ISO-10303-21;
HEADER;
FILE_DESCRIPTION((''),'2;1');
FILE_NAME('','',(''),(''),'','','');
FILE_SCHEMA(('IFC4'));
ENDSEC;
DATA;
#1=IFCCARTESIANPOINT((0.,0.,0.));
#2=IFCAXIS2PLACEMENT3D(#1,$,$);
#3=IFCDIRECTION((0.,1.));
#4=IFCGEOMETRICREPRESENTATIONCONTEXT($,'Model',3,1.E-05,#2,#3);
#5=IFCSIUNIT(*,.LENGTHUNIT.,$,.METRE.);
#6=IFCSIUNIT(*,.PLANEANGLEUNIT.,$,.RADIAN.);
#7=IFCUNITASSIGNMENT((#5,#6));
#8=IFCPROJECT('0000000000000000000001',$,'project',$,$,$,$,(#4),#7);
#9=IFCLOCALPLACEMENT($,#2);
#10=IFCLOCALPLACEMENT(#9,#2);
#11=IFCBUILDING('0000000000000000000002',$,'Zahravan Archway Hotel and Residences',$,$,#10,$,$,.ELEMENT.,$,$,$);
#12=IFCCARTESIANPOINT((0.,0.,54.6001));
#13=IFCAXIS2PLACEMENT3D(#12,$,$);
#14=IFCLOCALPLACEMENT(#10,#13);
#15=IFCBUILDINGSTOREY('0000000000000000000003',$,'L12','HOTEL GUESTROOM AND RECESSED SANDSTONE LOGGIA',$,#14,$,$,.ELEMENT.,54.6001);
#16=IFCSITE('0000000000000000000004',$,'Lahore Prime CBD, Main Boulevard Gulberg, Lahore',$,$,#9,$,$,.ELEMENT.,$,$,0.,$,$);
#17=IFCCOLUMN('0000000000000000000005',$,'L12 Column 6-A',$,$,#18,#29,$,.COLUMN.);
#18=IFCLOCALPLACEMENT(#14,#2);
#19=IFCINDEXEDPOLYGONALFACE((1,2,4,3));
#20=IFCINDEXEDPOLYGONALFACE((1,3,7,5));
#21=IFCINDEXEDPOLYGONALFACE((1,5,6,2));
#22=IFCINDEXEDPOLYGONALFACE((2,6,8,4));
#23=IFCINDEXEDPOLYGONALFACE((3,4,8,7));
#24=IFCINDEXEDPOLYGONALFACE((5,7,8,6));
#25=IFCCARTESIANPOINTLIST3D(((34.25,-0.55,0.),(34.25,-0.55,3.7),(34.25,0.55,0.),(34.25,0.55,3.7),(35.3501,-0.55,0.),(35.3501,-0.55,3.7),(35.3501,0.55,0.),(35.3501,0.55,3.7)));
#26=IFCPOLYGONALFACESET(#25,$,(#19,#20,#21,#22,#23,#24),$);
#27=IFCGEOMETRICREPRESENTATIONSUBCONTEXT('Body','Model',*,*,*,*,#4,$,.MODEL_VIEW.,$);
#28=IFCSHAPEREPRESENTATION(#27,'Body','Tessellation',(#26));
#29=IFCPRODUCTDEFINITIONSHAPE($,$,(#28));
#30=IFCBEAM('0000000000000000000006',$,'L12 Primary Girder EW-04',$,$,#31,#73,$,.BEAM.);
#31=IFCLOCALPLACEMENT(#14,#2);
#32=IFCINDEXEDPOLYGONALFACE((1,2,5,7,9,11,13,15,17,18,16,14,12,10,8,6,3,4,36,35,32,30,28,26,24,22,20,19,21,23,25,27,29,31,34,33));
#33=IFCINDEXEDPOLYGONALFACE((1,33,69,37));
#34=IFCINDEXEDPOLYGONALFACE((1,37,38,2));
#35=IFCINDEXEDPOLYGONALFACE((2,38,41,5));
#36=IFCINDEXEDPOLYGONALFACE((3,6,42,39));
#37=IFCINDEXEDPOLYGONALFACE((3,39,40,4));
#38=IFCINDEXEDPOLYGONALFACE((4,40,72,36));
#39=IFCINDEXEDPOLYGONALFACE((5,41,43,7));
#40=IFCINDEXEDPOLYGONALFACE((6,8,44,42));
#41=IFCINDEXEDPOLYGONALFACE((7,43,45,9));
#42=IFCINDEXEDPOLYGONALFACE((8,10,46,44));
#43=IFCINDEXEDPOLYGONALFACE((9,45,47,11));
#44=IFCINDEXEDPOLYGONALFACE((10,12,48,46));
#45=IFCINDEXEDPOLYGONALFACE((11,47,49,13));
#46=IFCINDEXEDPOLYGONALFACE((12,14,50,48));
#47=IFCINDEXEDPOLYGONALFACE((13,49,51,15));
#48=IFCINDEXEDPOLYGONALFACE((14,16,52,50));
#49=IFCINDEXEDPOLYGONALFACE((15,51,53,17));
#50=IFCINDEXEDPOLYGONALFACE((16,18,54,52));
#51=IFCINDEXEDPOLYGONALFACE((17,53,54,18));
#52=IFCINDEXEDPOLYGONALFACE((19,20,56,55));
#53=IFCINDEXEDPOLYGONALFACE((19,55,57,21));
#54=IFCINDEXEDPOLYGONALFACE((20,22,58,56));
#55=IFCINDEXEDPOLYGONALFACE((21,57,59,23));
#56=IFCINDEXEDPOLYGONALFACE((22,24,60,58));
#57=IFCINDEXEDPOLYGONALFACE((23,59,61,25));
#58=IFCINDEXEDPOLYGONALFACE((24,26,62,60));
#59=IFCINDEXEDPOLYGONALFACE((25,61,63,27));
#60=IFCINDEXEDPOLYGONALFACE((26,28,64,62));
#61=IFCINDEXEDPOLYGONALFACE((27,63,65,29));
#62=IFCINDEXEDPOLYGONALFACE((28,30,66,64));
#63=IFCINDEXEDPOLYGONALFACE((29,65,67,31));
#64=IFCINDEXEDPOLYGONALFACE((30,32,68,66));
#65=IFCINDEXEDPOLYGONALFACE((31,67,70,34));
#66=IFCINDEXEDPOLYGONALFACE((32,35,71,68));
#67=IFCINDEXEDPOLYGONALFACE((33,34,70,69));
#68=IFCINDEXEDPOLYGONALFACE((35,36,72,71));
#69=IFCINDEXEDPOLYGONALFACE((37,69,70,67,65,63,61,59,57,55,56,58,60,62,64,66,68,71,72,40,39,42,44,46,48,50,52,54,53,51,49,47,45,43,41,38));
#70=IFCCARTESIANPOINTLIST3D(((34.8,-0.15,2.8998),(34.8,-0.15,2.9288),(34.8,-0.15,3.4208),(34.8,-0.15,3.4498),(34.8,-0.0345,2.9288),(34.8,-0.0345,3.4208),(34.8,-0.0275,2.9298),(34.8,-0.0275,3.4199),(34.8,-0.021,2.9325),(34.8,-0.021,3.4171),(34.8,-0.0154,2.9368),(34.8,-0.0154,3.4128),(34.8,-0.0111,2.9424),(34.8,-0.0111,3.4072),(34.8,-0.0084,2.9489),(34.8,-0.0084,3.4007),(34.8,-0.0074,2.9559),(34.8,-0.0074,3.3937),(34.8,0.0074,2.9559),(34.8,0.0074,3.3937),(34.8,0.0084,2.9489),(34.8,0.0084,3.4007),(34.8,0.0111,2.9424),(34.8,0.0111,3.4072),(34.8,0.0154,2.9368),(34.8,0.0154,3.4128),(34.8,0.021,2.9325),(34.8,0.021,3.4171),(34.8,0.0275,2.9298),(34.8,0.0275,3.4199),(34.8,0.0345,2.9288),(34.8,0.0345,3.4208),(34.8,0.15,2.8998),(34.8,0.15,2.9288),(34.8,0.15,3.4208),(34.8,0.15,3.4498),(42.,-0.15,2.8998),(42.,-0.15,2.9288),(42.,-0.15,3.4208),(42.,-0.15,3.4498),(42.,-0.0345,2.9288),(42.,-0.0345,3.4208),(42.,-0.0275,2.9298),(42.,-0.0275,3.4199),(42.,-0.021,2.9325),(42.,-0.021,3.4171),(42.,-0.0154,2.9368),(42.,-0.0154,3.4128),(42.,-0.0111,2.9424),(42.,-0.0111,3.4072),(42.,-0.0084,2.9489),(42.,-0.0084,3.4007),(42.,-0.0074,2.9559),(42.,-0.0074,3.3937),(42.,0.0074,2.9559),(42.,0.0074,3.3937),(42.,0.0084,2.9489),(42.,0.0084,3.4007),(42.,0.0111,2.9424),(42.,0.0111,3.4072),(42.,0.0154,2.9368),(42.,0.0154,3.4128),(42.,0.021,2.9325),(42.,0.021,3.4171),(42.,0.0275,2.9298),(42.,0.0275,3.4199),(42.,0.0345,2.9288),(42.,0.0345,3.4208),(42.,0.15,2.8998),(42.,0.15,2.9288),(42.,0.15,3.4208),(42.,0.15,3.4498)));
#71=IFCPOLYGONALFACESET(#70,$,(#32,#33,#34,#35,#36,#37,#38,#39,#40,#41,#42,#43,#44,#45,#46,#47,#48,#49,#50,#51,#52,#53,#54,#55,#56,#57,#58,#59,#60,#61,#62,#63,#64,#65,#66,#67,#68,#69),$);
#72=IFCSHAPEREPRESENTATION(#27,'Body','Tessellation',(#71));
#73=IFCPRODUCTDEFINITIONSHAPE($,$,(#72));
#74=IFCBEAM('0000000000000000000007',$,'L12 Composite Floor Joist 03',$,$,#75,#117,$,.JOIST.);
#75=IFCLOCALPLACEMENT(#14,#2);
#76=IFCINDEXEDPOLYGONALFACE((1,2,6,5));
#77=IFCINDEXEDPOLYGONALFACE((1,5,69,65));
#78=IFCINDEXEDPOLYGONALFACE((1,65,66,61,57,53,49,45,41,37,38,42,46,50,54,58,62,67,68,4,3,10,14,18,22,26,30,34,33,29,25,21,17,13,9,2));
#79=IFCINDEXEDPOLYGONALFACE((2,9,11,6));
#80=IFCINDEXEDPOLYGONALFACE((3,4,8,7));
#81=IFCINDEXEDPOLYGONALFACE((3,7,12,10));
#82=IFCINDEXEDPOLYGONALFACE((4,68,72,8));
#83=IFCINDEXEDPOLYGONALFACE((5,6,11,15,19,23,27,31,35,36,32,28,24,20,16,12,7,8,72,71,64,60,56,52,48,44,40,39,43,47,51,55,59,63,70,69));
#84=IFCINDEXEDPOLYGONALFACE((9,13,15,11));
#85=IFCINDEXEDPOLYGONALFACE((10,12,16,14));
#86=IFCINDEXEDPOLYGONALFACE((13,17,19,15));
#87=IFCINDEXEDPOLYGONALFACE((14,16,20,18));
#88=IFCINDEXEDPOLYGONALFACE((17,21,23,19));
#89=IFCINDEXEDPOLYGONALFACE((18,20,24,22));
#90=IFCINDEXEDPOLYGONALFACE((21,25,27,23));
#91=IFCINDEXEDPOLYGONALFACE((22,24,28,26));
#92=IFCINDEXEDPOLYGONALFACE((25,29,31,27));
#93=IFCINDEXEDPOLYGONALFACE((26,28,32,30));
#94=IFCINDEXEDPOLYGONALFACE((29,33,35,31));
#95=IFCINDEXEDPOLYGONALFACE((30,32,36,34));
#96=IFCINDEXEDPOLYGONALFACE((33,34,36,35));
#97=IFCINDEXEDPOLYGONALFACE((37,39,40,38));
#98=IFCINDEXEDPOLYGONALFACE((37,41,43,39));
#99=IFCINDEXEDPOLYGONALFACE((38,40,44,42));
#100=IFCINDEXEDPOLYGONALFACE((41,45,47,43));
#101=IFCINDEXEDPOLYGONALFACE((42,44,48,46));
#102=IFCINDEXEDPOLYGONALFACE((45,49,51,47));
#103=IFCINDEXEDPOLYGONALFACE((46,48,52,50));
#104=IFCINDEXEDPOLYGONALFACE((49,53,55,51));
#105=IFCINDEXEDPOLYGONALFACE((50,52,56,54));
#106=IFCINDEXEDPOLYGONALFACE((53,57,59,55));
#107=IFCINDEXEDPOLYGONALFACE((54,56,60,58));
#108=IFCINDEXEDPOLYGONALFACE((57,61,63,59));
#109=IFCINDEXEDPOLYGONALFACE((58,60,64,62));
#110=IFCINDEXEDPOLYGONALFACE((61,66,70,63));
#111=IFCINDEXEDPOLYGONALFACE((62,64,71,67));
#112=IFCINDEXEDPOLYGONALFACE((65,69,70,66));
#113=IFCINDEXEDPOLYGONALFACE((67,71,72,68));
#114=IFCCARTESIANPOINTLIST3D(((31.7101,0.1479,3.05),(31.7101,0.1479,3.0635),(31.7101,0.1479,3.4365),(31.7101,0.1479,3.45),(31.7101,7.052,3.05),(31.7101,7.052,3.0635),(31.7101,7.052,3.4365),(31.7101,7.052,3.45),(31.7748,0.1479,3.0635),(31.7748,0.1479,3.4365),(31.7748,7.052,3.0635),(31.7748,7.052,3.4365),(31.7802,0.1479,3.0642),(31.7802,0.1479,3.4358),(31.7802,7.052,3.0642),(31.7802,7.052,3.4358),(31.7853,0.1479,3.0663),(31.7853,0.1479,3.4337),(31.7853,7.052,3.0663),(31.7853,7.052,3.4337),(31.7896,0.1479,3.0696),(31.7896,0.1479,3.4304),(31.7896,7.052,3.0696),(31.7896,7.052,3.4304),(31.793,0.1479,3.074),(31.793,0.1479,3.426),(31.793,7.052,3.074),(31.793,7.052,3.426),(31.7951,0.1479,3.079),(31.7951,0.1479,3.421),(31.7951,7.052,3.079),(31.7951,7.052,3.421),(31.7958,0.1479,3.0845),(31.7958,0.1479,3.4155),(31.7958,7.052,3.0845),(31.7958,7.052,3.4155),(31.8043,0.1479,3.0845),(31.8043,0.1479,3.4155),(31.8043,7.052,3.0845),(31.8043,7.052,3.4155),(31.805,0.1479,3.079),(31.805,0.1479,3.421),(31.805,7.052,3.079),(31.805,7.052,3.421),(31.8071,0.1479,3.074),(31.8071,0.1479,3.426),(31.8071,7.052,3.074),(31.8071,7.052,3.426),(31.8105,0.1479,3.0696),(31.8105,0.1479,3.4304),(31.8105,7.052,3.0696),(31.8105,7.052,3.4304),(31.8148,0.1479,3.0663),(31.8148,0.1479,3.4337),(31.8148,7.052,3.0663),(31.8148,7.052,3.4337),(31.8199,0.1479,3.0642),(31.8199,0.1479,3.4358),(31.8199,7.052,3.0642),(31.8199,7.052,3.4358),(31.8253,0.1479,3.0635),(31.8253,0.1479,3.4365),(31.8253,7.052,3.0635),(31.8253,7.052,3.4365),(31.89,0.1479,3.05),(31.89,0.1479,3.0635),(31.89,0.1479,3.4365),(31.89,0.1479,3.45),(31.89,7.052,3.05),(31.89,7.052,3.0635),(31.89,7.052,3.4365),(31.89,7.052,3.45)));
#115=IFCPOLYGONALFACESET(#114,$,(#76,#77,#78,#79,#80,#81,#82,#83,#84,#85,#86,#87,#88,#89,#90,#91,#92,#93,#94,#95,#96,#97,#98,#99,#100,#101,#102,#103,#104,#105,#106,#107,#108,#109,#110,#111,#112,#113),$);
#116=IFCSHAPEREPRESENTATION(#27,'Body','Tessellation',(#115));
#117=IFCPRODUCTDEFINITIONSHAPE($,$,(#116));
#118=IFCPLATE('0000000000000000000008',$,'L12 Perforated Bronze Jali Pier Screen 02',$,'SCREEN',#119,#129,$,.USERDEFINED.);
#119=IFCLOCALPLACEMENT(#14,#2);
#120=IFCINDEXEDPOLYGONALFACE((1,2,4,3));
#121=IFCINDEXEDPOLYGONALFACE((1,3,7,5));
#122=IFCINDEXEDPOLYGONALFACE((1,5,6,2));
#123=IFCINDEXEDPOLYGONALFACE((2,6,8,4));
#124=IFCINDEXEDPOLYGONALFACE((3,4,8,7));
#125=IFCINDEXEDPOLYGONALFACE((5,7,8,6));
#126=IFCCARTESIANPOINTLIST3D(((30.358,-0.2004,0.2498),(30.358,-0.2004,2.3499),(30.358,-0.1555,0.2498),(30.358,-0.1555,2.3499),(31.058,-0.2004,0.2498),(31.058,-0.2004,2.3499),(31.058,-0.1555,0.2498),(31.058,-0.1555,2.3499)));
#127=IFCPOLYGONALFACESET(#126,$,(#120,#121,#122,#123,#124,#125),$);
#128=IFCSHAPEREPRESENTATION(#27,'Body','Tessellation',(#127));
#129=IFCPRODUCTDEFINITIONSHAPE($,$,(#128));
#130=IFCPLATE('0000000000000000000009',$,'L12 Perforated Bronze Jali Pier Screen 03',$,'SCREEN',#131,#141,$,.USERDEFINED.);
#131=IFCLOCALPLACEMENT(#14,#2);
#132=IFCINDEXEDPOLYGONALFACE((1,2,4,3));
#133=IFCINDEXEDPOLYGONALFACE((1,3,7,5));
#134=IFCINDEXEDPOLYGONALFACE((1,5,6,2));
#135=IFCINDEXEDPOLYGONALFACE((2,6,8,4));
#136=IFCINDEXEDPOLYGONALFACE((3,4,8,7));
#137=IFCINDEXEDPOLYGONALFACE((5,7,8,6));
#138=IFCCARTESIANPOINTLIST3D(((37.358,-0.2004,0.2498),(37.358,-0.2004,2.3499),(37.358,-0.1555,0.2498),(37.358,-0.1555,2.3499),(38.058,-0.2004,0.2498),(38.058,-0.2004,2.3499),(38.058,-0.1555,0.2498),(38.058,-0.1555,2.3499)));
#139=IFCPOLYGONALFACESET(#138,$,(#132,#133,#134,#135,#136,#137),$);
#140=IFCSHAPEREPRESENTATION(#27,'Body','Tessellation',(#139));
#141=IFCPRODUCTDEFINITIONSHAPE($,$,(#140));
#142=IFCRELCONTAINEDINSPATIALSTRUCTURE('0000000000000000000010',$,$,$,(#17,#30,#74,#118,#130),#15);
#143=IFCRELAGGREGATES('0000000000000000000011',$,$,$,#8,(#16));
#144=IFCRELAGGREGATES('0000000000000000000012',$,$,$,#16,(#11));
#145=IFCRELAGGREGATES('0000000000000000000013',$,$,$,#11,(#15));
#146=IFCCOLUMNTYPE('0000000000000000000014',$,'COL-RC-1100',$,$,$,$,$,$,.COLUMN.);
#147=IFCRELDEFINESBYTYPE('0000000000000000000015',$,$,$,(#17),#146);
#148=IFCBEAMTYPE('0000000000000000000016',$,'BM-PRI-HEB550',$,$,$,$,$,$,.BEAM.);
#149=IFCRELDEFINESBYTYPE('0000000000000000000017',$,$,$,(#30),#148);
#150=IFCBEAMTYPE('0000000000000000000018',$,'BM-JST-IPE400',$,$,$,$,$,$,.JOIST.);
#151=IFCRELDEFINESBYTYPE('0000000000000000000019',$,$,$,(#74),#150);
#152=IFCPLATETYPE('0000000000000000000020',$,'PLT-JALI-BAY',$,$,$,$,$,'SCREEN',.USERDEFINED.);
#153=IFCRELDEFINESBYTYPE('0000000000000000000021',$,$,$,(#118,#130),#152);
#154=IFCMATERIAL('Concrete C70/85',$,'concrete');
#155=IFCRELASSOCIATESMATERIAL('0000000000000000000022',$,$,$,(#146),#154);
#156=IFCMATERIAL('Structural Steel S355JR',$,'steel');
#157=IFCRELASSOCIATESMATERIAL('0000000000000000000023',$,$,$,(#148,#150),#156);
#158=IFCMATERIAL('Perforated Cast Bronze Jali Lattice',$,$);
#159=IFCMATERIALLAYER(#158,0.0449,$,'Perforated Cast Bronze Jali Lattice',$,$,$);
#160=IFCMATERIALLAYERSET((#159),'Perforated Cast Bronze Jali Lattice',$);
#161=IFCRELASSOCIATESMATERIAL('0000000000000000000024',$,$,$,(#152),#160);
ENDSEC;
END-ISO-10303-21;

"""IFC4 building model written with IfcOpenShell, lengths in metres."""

from ifc_helpers import new_model, si_unit, direction, frame, origin, origin_2d, place, context, subcontext, project, spatial, rectangle, i_section, extrude, source, transform, mapped, material, layer, layer_set, material_profile, profile_set, type_object, type_shapes, element, save


model = new_model("IFC4")

# Units and contexts
model_context = context("Model", 3, precision=1e-05, world=origin(), true_north=direction((0.0, 1.0)))
body_context = subcontext(model_context, "Body", "Model", "MODEL_VIEW")
ifc_project = project(units=[si_unit("LENGTHUNIT", "METRE"), si_unit("PLANEANGLEUNIT", "RADIAN")], contexts=[model_context])

# Site, building, storey
site_placement = place(None, origin())
site = spatial("IfcSite", under=ifc_project, at=site_placement, Name="Lahore Prime CBD, Main Boulevard Gulberg, Lahore", CompositionType="ELEMENT", RefElevation=0.0)
building_placement = place(site_placement, origin())
building = spatial("IfcBuilding", under=site, at=building_placement, Name="Zahravan Archway Hotel and Residences", CompositionType="ELEMENT")
storey_placement = place(building_placement, frame((0.0, 0.0, 54.6001)))
storey = spatial("IfcBuildingStorey", under=building, at=storey_placement, Name="L12", Description="HOTEL GUESTROOM AND RECESSED SANDSTONE LOGGIA", CompositionType="ELEMENT", Elevation=54.6001)

# Column
ifc_material_1 = material(Name="Concrete C70/85", Category="concrete")
ifc_material_profile_1 = material_profile(ifc_material_1, rectangle(XDim=1.1001, YDim=1.1001, at=origin_2d()), Name="RC 1100x1100", Category="concrete")
ifc_profile_set_1 = profile_set([ifc_material_profile_1], Name="Concrete C70/85")
column_type = type_object("IfcColumnType", Name="COL-RC-1100", PredefinedType="COLUMN", material=ifc_profile_set_1)
shared_shape_1 = source(origin(), body_context, "Body", "SweptSolid", [
    extrude(rectangle(XDim=1.1001, YDim=1.1001, at=origin_2d()), origin(), (0.0, 0.0, 1.0), 3.7),
])
column_placement = place(storey_placement, frame((34.8, 0.0, 0.0), z_axis=(0.0, 0.0, 1.0), x_axis=(1.0, 0.0, 0.0)))
element("IfcColumn", 1, at=column_placement, inside=storey, type_object=column_type, Name="L12 Column 6-A", PredefinedType="COLUMN", context=body_context, shape_type="MappedRepresentation", body=[
    mapped(shared_shape_1, transform((0.0, 0.0, 0.0), scale=1.0)),
])

# Beams
ifc_material_2 = material(Name="Structural Steel S355JR", Category="steel")
ifc_material_profile_2 = material_profile(ifc_material_2, i_section(OverallWidth=0.3, OverallDepth=0.55, WebThickness=0.0149, FlangeThickness=0.0291, FilletRadius=0.0271, at=origin_2d()), Name="HEB 550", Category="steel")
ifc_profile_set_2 = profile_set([ifc_material_profile_2], Name="Structural Steel S355JR")
beam_type_1 = type_object("IfcBeamType", Name="BM-PRI-HEB550", PredefinedType="BEAM", material=ifc_profile_set_2)
shared_shape_2 = source(origin(), body_context, "Body", "SweptSolid", [
    extrude(i_section(OverallWidth=0.3, OverallDepth=0.55, WebThickness=0.0149, FlangeThickness=0.0291, FilletRadius=0.0271, at=origin_2d()), origin(), (0.0, 0.0, 1.0), 7.2),
])
beam_1_placement = place(storey_placement, frame((34.8, 0.0, 3.1748), z_axis=(1.0, 0.0, 0.0), x_axis=(0.0, 1.0, 0.0)))
element("IfcBeam", 2, at=beam_1_placement, inside=storey, type_object=beam_type_1, Name="L12 Primary Girder EW-04", PredefinedType="BEAM", context=body_context, shape_type="MappedRepresentation", body=[
    mapped(shared_shape_2, transform((0.0, 0.0, 0.0), scale=1.0)),
])
ifc_material_profile_3 = material_profile(ifc_material_2, i_section(OverallWidth=0.1799, OverallDepth=0.3999, WebThickness=0.0085, FlangeThickness=0.0134, FilletRadius=0.021, at=origin_2d()), Name="IPE 400", Category="steel")
ifc_profile_set_3 = profile_set([ifc_material_profile_3], Name="Structural Steel S355JR")
beam_type_2 = type_object("IfcBeamType", Name="BM-JST-IPE400", PredefinedType="JOIST", material=ifc_profile_set_3)
shared_shape_3 = source(origin(), body_context, "Body", "SweptSolid", [
    extrude(i_section(OverallWidth=0.1799, OverallDepth=0.3999, WebThickness=0.0085, FlangeThickness=0.0134, FilletRadius=0.021, at=origin_2d()), origin(), (0.0, 0.0, 1.0), 6.9041),
])
type_shapes(beam_type_2, [shared_shape_3])
beam_2_placement = place(storey_placement, frame((31.8, 0.1479, 3.25), z_axis=(0.0, 1.0, 0.0), x_axis=(-1.0, 0.0, 0.0)))
element("IfcBeam", 3, at=beam_2_placement, inside=storey, type_object=beam_type_2, Name="L12 Composite Floor Joist 03", PredefinedType="JOIST", context=body_context, shape_type="MappedRepresentation", body=[
    mapped(shared_shape_3, transform((0.0, 0.0, 0.0), scale=1.0)),
])

# Plates
ifc_material_3 = material(Name="Perforated Cast Bronze Jali Lattice")
ifc_layer_1 = layer(ifc_material_3, 0.0449, Name="Perforated Cast Bronze Jali Lattice")
ifc_layer_set_1 = layer_set([ifc_layer_1], Name="Perforated Cast Bronze Jali Lattice")
plate_type = type_object("IfcPlateType", Name="PLT-JALI-BAY", ElementType="SCREEN", PredefinedType="USERDEFINED", material=ifc_layer_set_1)
shared_shape_4 = source(origin(), body_context, "Body", "SweptSolid", [
    extrude(rectangle(XDim=0.7, YDim=0.0449, at=origin_2d()), origin(), (0.0, 0.0, 1.0), 2.1001),
])
type_shapes(plate_type, [shared_shape_4])
for number, where, z_axis, x_axis, name in (
    (4, (30.708, -0.178, 0.2498), (0.0, 0.0, 1.0), (1.0, 0.0, 0.0), "L12 Perforated Bronze Jali Pier Screen 02"),
    (5, (37.708, -0.178, 0.2498), (0.0, 0.0, 1.0), (1.0, 0.0, 0.0), "L12 Perforated Bronze Jali Pier Screen 03"),
):
    element("IfcPlate", number, at=place(storey_placement, frame(where, z_axis=z_axis, x_axis=x_axis)), inside=storey, type_object=plate_type, Name=name, ObjectType="SCREEN", PredefinedType="USERDEFINED", context=body_context, shape_type="MappedRepresentation", body=[
        mapped(shared_shape_4, transform((0.0, 0.0, 0.0), scale=1.0)),
    ])

save(model, "model.ifc")
